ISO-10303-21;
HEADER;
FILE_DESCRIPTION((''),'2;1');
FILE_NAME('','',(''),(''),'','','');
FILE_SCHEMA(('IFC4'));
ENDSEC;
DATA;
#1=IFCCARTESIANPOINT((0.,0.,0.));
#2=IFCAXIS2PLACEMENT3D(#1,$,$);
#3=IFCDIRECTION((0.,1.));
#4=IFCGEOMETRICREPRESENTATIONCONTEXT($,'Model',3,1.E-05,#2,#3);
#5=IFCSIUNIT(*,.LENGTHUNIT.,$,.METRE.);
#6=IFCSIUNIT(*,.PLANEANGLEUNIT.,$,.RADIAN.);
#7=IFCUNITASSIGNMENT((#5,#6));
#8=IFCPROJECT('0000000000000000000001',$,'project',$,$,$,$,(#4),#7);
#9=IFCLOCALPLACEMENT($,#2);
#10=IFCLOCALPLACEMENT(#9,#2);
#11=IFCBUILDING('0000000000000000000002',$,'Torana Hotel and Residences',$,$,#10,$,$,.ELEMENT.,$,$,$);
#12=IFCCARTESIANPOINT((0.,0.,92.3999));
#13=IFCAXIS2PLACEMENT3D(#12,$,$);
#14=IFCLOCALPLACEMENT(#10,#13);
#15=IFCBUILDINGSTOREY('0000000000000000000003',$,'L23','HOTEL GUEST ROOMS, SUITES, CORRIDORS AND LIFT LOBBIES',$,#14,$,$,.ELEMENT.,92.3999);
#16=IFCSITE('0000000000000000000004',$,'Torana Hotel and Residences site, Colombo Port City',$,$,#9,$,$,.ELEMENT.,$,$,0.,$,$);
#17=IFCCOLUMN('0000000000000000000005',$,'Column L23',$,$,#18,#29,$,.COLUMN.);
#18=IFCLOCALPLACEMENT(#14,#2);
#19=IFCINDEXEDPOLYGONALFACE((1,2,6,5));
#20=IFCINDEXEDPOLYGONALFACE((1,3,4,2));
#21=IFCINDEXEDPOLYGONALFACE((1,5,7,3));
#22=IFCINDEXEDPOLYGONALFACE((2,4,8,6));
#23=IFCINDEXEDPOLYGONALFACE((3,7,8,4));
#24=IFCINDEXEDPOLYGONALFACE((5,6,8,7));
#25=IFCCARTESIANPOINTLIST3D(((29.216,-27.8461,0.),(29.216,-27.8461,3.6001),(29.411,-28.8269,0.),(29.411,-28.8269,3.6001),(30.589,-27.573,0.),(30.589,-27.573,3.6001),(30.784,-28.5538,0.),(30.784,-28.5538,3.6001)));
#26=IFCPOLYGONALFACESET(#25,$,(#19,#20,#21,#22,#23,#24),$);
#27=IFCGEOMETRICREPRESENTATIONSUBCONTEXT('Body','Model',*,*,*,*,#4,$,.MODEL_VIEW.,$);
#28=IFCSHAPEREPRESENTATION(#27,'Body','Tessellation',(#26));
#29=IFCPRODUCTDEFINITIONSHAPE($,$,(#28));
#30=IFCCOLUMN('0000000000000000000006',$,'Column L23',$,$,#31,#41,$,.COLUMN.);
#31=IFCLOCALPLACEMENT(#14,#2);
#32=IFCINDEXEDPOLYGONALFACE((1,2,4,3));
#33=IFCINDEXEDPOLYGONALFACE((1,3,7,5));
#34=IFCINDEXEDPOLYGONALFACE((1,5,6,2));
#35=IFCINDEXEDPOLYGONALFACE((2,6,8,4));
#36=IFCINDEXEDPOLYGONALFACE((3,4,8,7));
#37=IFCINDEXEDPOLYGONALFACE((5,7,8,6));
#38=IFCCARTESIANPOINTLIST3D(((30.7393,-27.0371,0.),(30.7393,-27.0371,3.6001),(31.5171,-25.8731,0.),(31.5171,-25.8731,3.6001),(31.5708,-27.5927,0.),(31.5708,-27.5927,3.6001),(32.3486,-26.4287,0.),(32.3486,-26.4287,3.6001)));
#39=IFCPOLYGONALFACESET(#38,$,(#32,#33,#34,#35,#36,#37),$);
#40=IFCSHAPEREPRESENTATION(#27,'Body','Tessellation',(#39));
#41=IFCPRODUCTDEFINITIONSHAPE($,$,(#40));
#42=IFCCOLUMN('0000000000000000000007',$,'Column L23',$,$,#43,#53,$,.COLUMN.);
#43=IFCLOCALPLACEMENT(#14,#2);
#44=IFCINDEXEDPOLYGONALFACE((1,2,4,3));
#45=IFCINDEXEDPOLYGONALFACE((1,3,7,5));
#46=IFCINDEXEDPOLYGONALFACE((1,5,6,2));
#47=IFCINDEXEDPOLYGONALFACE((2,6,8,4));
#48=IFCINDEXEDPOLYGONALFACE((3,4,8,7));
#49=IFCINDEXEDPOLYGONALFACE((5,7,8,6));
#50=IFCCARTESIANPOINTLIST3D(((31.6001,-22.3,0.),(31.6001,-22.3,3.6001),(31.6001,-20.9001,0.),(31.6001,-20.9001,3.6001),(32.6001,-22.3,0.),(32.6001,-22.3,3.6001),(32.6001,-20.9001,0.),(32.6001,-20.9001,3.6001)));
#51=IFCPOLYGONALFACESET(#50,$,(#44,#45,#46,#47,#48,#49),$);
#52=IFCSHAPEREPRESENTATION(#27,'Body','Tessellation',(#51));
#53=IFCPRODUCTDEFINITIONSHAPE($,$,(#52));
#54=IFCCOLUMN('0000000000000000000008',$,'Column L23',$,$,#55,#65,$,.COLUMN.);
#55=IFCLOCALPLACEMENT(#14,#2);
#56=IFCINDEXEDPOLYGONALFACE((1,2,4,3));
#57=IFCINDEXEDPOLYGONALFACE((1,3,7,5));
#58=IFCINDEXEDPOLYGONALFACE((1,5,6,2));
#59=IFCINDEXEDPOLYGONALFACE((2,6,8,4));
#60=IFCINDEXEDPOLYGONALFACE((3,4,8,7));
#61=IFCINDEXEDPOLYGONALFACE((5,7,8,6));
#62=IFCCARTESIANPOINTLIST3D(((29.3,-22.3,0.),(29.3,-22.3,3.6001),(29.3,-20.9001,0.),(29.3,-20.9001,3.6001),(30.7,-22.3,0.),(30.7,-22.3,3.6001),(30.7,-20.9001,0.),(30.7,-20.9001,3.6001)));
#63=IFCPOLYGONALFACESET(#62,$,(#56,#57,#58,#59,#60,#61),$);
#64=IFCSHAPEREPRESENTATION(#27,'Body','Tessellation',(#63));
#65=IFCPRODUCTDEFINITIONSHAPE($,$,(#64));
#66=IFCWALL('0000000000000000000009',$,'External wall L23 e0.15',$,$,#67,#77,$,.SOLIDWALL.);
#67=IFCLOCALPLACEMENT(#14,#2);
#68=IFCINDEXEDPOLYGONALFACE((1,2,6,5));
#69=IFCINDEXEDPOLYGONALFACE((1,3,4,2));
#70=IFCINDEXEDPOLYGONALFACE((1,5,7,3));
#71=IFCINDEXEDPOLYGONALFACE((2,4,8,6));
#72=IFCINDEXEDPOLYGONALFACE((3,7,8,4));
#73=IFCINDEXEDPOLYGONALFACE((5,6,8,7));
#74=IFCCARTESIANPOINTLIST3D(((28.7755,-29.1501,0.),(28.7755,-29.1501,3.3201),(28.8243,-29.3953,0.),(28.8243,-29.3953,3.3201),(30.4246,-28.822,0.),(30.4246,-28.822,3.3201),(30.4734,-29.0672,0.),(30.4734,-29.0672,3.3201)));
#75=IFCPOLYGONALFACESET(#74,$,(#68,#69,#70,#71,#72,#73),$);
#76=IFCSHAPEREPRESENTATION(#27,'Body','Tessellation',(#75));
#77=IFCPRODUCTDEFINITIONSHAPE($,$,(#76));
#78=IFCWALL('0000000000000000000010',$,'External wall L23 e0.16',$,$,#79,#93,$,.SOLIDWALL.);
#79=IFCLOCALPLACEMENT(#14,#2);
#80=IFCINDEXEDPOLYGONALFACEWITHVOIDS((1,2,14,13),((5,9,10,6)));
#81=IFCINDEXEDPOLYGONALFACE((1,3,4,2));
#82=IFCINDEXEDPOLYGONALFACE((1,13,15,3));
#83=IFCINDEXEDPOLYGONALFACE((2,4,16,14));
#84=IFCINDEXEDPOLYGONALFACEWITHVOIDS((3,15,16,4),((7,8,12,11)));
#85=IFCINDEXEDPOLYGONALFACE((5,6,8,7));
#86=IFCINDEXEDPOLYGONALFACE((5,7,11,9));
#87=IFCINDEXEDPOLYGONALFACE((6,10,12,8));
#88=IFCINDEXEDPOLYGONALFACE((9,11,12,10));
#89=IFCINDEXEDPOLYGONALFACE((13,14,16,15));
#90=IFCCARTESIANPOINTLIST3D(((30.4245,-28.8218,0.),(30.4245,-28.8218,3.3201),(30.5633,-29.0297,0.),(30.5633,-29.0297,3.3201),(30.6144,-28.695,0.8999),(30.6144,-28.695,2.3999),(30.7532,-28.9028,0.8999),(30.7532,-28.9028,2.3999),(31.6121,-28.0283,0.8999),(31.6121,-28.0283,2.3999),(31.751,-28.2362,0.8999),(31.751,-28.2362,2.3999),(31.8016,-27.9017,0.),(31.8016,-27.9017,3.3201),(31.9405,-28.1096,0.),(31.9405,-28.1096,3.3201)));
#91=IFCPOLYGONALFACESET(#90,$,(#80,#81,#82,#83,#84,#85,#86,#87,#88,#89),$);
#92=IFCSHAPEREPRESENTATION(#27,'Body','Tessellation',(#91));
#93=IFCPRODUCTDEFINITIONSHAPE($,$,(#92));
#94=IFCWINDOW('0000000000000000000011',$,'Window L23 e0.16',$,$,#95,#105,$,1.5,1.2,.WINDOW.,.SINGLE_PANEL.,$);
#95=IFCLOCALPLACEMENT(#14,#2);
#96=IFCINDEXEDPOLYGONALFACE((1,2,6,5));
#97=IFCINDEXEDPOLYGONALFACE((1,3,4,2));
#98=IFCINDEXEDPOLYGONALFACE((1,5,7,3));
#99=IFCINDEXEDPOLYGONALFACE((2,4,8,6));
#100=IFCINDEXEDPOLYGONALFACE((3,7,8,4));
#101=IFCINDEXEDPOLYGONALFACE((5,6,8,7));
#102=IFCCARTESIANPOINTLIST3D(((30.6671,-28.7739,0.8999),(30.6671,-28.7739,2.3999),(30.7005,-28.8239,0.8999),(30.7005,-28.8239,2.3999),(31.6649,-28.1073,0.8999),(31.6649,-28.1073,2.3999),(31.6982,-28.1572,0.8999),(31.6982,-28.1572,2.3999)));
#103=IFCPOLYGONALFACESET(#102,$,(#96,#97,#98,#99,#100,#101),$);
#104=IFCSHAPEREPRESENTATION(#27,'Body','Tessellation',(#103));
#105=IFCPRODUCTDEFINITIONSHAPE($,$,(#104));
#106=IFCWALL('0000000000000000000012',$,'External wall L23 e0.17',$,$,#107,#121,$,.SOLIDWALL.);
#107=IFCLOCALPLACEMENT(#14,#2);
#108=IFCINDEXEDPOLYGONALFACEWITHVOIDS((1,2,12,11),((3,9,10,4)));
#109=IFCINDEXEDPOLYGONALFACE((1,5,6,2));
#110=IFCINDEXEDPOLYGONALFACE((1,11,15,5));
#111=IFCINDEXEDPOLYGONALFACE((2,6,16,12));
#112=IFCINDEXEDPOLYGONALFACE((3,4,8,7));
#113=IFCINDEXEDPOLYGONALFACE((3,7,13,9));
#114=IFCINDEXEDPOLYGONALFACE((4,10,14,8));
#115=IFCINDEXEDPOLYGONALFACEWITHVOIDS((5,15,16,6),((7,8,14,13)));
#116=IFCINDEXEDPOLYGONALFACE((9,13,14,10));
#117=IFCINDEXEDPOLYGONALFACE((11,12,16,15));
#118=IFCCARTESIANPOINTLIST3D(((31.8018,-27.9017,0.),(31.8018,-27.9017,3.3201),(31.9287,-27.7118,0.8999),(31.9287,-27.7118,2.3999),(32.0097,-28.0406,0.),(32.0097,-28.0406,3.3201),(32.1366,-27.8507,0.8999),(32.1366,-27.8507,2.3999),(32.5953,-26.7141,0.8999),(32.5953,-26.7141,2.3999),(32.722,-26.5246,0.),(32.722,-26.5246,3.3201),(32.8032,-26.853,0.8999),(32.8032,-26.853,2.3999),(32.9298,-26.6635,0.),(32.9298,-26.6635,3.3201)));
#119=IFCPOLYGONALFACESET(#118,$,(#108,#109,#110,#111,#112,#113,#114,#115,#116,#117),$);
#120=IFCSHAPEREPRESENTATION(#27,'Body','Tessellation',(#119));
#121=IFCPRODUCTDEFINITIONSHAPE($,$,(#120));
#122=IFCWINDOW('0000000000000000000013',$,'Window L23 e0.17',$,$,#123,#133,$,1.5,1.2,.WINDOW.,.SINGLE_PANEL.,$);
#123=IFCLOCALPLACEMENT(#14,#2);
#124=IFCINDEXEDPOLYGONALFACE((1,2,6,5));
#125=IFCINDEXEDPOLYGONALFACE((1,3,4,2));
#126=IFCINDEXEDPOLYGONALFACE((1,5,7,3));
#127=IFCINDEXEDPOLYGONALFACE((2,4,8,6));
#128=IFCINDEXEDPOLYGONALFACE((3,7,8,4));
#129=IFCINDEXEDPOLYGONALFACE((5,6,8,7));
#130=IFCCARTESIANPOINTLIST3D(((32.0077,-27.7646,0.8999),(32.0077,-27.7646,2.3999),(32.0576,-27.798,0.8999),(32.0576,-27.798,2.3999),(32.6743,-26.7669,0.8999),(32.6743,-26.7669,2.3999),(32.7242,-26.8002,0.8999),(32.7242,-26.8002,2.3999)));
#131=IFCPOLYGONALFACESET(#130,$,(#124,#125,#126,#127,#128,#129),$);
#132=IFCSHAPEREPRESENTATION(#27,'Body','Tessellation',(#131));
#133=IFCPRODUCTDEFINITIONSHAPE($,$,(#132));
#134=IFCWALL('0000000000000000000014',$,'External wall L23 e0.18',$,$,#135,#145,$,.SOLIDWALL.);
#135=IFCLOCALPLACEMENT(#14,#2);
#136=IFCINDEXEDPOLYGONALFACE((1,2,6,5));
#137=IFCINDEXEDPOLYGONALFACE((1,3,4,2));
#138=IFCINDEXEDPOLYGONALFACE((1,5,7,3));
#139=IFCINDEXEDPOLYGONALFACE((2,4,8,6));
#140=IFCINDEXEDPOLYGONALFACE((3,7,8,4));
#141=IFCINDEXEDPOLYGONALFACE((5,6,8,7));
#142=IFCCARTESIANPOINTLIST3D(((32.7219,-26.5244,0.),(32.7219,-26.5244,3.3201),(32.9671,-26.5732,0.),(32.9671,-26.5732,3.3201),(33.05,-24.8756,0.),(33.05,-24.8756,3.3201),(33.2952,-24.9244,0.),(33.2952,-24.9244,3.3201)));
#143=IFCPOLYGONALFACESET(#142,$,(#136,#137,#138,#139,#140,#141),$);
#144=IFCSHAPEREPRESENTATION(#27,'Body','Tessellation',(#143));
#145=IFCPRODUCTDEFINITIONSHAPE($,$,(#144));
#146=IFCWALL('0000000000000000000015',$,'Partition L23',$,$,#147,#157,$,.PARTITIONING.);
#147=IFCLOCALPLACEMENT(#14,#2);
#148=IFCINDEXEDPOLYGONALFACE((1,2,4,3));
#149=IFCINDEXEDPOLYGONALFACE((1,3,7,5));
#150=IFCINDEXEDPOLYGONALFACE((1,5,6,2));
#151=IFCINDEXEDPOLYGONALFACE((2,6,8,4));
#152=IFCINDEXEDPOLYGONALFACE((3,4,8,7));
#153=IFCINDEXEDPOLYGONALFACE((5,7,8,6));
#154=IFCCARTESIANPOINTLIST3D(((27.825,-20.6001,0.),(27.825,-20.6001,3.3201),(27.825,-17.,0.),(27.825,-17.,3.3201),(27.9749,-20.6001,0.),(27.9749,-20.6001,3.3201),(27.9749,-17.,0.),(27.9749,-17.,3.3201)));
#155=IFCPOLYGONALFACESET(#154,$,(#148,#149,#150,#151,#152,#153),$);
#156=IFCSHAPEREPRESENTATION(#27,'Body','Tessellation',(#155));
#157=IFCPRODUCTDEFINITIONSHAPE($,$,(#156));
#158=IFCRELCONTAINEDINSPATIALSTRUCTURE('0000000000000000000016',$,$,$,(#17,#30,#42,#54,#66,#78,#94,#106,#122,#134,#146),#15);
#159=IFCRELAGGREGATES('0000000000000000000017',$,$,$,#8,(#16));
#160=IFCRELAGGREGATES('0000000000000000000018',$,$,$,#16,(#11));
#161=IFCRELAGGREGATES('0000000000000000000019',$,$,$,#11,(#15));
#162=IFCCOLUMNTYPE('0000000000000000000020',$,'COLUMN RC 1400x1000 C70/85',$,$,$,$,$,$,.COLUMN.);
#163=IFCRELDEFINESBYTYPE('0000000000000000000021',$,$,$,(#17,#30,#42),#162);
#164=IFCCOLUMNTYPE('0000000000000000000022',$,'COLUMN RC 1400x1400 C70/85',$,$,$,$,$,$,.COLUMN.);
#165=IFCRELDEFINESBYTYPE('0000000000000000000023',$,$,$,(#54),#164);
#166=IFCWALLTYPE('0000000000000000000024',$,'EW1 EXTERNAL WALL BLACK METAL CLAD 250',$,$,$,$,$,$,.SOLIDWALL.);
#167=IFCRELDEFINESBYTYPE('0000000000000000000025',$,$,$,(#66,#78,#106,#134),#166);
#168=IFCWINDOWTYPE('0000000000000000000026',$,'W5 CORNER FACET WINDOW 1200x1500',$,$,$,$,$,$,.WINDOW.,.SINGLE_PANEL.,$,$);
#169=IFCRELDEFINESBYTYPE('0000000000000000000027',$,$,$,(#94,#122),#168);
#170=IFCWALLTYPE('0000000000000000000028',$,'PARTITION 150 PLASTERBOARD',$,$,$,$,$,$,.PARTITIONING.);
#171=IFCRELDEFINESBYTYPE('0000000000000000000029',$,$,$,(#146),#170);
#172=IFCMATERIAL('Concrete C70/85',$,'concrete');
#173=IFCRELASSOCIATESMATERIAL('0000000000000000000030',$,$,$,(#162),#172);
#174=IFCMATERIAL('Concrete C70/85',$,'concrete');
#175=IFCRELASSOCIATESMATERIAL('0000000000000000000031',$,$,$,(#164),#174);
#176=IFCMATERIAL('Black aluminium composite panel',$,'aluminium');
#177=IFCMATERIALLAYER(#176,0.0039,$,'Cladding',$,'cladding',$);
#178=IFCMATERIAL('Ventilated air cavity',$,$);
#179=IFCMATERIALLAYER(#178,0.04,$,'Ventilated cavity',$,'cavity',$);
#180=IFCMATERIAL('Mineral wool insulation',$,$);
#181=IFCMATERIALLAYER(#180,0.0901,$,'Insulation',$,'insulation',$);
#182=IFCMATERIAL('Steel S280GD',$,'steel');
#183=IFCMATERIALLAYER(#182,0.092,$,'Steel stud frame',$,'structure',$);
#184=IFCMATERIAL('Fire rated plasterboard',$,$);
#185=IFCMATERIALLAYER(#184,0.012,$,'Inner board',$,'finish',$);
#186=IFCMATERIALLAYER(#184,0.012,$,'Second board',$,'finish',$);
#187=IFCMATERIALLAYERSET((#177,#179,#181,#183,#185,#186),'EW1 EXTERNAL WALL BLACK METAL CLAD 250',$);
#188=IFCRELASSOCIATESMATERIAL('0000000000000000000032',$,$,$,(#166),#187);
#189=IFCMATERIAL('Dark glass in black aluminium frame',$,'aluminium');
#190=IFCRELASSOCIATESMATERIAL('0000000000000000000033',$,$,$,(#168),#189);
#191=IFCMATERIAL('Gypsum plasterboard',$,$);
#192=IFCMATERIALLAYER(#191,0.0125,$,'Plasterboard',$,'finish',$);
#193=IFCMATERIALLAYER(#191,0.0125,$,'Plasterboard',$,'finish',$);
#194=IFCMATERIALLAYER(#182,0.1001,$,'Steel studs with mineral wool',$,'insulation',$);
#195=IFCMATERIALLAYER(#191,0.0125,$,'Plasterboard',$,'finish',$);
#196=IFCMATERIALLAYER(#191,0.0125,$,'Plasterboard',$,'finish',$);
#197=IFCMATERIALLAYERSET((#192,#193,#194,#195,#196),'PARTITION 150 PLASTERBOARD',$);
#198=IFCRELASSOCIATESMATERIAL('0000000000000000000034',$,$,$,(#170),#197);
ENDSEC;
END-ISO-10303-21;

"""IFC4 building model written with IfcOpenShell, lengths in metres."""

from ifc_helpers import new_model, si_unit, direction, frame, frame_2d, origin, origin_2d, place, context, subcontext, project, spatial, rectangle, extrude, material, layer, layer_set, material_profile, profile_set, type_object, element, fill, save


model = new_model("IFC4")

# Units and contexts
model_context = context("Model", 3, precision=1e-05, world=origin(), true_north=direction((0.0, 1.0)))
body_context = subcontext(model_context, "Body", "Model", "MODEL_VIEW")
ifc_project = project(units=[si_unit("LENGTHUNIT", "METRE"), si_unit("PLANEANGLEUNIT", "RADIAN")], contexts=[model_context])

# Site, building, storey
site_placement = place(None, origin())
site = spatial("IfcSite", under=ifc_project, at=site_placement, Name="Torana Hotel and Residences site, Colombo Port City", CompositionType="ELEMENT", RefElevation=0.0)
building_placement = place(site_placement, origin())
building = spatial("IfcBuilding", under=site, at=building_placement, Name="Torana Hotel and Residences", CompositionType="ELEMENT")
storey_placement = place(building_placement, frame((0.0, 0.0, 92.3999)))
storey = spatial("IfcBuildingStorey", under=building, at=storey_placement, Name="L23", Description="HOTEL GUEST ROOMS, SUITES, CORRIDORS AND LIFT LOBBIES", CompositionType="ELEMENT", Elevation=92.3999)

# Columns
ifc_material_1 = material(Name="Concrete C70/85", Category="concrete")
ifc_material_profile_1 = material_profile(ifc_material_1, rectangle(XDim=1.3999, YDim=1.0, at=origin_2d()), Name="RC 1400x1000")
ifc_profile_set_1 = profile_set([ifc_material_profile_1], Name="Concrete C70/85")
column_type_1 = type_object("IfcColumnType", Name="COLUMN RC 1400x1000 C70/85", PredefinedType="COLUMN", material=ifc_profile_set_1)
for number, where, z_axis, x_axis, name in (
    (1, (30.0, -28.2, 0.0), (0.0, 0.0, 1.0), (0.980792, 0.195056, 0.0), "Column L23"),
    (2, (31.5439, -26.7329, 0.0), (0.0, 0.0, 1.0), (0.555585, 0.83146, 0.0), "Column L23"),
    (3, (32.1001, -21.6001, 0.0), (0.0, 0.0, 1.0), (0.0, 1.0, 0.0), "Column L23"),
):
    element("IfcColumn", number, at=place(storey_placement, frame(where, z_axis=z_axis, x_axis=x_axis)), inside=storey, type_object=column_type_1, Name=name, PredefinedType="COLUMN", context=body_context, shape_type="SweptSolid", body=[
        extrude(rectangle(XDim=1.3999, YDim=1.0, at=origin_2d()), origin(), (0.0, 0.0, 1.0), 3.6001),
    ])
ifc_material_2 = material(Name="Concrete C70/85", Category="concrete")
ifc_material_profile_2 = material_profile(ifc_material_2, rectangle(XDim=1.3999, YDim=1.3999, at=origin_2d()), Name="RC 1400x1400")
ifc_profile_set_2 = profile_set([ifc_material_profile_2], Name="Concrete C70/85")
column_type_2 = type_object("IfcColumnType", Name="COLUMN RC 1400x1400 C70/85", PredefinedType="COLUMN", material=ifc_profile_set_2)
column_placement = place(storey_placement, frame((30.0, -21.6001, 0.0), z_axis=(0.0, 0.0, 1.0), x_axis=(1.0, 0.0, 0.0)))
element("IfcColumn", 4, at=column_placement, inside=storey, type_object=column_type_2, Name="Column L23", PredefinedType="COLUMN", context=body_context, shape_type="SweptSolid", body=[
    extrude(rectangle(XDim=1.3999, YDim=1.3999, at=origin_2d()), origin(), (0.0, 0.0, 1.0), 3.6001),
])

# Wall
ifc_material_3 = material(Name="Black aluminium composite panel", Category="aluminium")
ifc_layer_1 = layer(ifc_material_3, 0.0039, Name="Cladding", Category="cladding")
ifc_material_4 = material(Name="Ventilated air cavity")
ifc_layer_2 = layer(ifc_material_4, 0.04, Name="Ventilated cavity", Category="cavity")
ifc_material_5 = material(Name="Mineral wool insulation")
ifc_layer_3 = layer(ifc_material_5, 0.0901, Name="Insulation", Category="insulation")
ifc_material_6 = material(Name="Steel S280GD", Category="steel")
ifc_layer_4 = layer(ifc_material_6, 0.092, Name="Steel stud frame", Category="structure")
ifc_material_7 = material(Name="Fire rated plasterboard")
ifc_layer_5 = layer(ifc_material_7, 0.012, Name="Inner board", Category="finish")
ifc_layer_6 = layer(ifc_material_7, 0.012, Name="Second board", Category="finish")
ifc_layer_set_1 = layer_set([ifc_layer_1, ifc_layer_2, ifc_layer_3, ifc_layer_4, ifc_layer_5, ifc_layer_6], Name="EW1 EXTERNAL WALL BLACK METAL CLAD 250")
wall_type_1 = type_object("IfcWallType", Name="EW1 EXTERNAL WALL BLACK METAL CLAD 250", PredefinedType="SOLIDWALL", material=ifc_layer_set_1)
wall_1_placement = place(storey_placement, frame((28.7998, -29.2727, 0.0), z_axis=(0.0, 0.0, 1.0), x_axis=(0.980776, 0.195139, 0.0)))
element("IfcWall", 5, at=wall_1_placement, inside=storey, type_object=wall_type_1, Name="External wall L23 e0.15", PredefinedType="SOLIDWALL", context=body_context, shape_type="SweptSolid", body=[
    extrude(rectangle(XDim=1.6814, YDim=0.25, at=frame_2d((0.8408, 0.0))), origin(), (0.0, 0.0, 1.0), 3.3201),
])

# Walls, openings, windows
wall_2_placement = place(storey_placement, frame((30.4939, -28.9258, 0.0), z_axis=(0.0, 0.0, 1.0), x_axis=(0.831483, 0.55555, 0.0)))
wall_2 = element("IfcWall", 6, at=wall_2_placement, inside=storey, type_object=wall_type_1, Name="External wall L23 e0.16", PredefinedType="SOLIDWALL", context=body_context, shape_type="SweptSolid", body=[
    extrude(rectangle(XDim=1.6562, YDim=0.25, at=frame_2d((0.8281, 0.0))), origin(), (0.0, 0.0, 1.0), 3.3201),
])
opening_1_placement = place(wall_2_placement, frame((0.2283, 0.0, 0.8999)))
opening_1 = element("IfcOpeningElement", 7, at=opening_1_placement, cuts=wall_2, PredefinedType="OPENING", context=body_context, shape_type="SweptSolid", body=[
    extrude(rectangle(XDim=1.2, YDim=1.5, at=frame_2d((0.6001, 0.75))), frame((0.0, 0.135, 0.0), z_axis=(0.0, -1.0, 0.0), x_axis=(1.0, 0.0, 0.0)), (0.0, 0.0, 1.0), 0.27),
])
ifc_material_8 = material(Name="Dark glass in black aluminium frame", Category="aluminium")
window_type_1 = type_object("IfcWindowType", Name="W5 CORNER FACET WINDOW 1200x1500", PartitioningType="SINGLE_PANEL", PredefinedType="WINDOW", material=ifc_material_8)
window_1_placement = place(opening_1_placement, origin())
window_1 = element("IfcWindow", 8, at=window_1_placement, inside=storey, type_object=window_type_1, Name="Window L23 e0.16", OverallHeight=1.5, OverallWidth=1.2, PartitioningType="SINGLE_PANEL", PredefinedType="WINDOW", context=body_context, shape_type="SweptSolid", body=[
    extrude(rectangle(XDim=1.2, YDim=1.5, at=frame_2d((0.6001, 0.75))), frame((0.0, 0.03, 0.0), z_axis=(0.0, -1.0, 0.0), x_axis=(1.0, 0.0, 0.0)), (0.0, 0.0, 1.0), 0.0601),
])
fill(opening_1, window_1)
wall_3_placement = place(storey_placement, frame((31.9058, -27.9712, 0.0), z_axis=(0.0, 0.0, 1.0), x_axis=(0.55555, 0.831483, 0.0)))
wall_3 = element("IfcWall", 9, at=wall_3_placement, inside=storey, type_object=wall_type_1, Name="External wall L23 e0.17", PredefinedType="SOLIDWALL", context=body_context, shape_type="SweptSolid", body=[
    extrude(rectangle(XDim=1.6562, YDim=0.25, at=frame_2d((0.8281, 0.0))), origin(), (0.0, 0.0, 1.0), 3.3201),
])
opening_2_placement = place(wall_3_placement, frame((0.2283, 0.0, 0.8999)))
opening_2 = element("IfcOpeningElement", 10, at=opening_2_placement, cuts=wall_3, PredefinedType="OPENING", context=body_context, shape_type="SweptSolid", body=[
    extrude(rectangle(XDim=1.2, YDim=1.5, at=frame_2d((0.6001, 0.75))), frame((0.0, 0.135, 0.0), z_axis=(0.0, -1.0, 0.0), x_axis=(1.0, 0.0, 0.0)), (0.0, 0.0, 1.0), 0.27),
])
window_2_placement = place(opening_2_placement, origin())
window_2 = element("IfcWindow", 11, at=window_2_placement, inside=storey, type_object=window_type_1, Name="Window L23 e0.17", OverallHeight=1.5, OverallWidth=1.2, PartitioningType="SINGLE_PANEL", PredefinedType="WINDOW", context=body_context, shape_type="SweptSolid", body=[
    extrude(rectangle(XDim=1.2, YDim=1.5, at=frame_2d((0.6001, 0.75))), frame((0.0, 0.03, 0.0), z_axis=(0.0, -1.0, 0.0), x_axis=(1.0, 0.0, 0.0)), (0.0, 0.0, 1.0), 0.0601),
])
fill(opening_2, window_2)

# Wall
wall_4_placement = place(storey_placement, frame((32.8445, -26.5488, 0.0), z_axis=(0.0, 0.0, 1.0), x_axis=(0.195167, 0.98077, 0.0)))
element("IfcWall", 12, at=wall_4_placement, inside=storey, type_object=wall_type_1, Name="External wall L23 e0.18", PredefinedType="SOLIDWALL", context=body_context, shape_type="SweptSolid", body=[
    extrude(rectangle(XDim=1.6812, YDim=0.25, at=frame_2d((0.8406, 0.0))), origin(), (0.0, 0.0, 1.0), 3.3201),
])

# Wall
ifc_material_9 = material(Name="Gypsum plasterboard")
ifc_layer_7 = layer(ifc_material_9, 0.0125, Name="Plasterboard", Category="finish")
ifc_layer_8 = layer(ifc_material_9, 0.0125, Name="Plasterboard", Category="finish")
ifc_layer_9 = layer(ifc_material_6, 0.1001, Name="Steel studs with mineral wool", Category="insulation")
ifc_layer_10 = layer(ifc_material_9, 0.0125, Name="Plasterboard", Category="finish")
ifc_layer_11 = layer(ifc_material_9, 0.0125, Name="Plasterboard", Category="finish")
ifc_layer_set_2 = layer_set([ifc_layer_7, ifc_layer_8, ifc_layer_9, ifc_layer_10, ifc_layer_11], Name="PARTITION 150 PLASTERBOARD")
wall_type_2 = type_object("IfcWallType", Name="PARTITION 150 PLASTERBOARD", PredefinedType="PARTITIONING", material=ifc_layer_set_2)
wall_5_placement = place(storey_placement, frame((27.8999, -20.6001, 0.0), z_axis=(0.0, 0.0, 1.0), x_axis=(0.0, 1.0, 0.0)))
element("IfcWall", 13, at=wall_5_placement, inside=storey, type_object=wall_type_2, Name="Partition L23", PredefinedType="PARTITIONING", context=body_context, shape_type="SweptSolid", body=[
    extrude(rectangle(XDim=3.6001, YDim=0.1499, at=frame_2d((1.8, 0.0))), origin(), (0.0, 0.0, 1.0), 3.3201),
])

save(model, "model.ifc")
